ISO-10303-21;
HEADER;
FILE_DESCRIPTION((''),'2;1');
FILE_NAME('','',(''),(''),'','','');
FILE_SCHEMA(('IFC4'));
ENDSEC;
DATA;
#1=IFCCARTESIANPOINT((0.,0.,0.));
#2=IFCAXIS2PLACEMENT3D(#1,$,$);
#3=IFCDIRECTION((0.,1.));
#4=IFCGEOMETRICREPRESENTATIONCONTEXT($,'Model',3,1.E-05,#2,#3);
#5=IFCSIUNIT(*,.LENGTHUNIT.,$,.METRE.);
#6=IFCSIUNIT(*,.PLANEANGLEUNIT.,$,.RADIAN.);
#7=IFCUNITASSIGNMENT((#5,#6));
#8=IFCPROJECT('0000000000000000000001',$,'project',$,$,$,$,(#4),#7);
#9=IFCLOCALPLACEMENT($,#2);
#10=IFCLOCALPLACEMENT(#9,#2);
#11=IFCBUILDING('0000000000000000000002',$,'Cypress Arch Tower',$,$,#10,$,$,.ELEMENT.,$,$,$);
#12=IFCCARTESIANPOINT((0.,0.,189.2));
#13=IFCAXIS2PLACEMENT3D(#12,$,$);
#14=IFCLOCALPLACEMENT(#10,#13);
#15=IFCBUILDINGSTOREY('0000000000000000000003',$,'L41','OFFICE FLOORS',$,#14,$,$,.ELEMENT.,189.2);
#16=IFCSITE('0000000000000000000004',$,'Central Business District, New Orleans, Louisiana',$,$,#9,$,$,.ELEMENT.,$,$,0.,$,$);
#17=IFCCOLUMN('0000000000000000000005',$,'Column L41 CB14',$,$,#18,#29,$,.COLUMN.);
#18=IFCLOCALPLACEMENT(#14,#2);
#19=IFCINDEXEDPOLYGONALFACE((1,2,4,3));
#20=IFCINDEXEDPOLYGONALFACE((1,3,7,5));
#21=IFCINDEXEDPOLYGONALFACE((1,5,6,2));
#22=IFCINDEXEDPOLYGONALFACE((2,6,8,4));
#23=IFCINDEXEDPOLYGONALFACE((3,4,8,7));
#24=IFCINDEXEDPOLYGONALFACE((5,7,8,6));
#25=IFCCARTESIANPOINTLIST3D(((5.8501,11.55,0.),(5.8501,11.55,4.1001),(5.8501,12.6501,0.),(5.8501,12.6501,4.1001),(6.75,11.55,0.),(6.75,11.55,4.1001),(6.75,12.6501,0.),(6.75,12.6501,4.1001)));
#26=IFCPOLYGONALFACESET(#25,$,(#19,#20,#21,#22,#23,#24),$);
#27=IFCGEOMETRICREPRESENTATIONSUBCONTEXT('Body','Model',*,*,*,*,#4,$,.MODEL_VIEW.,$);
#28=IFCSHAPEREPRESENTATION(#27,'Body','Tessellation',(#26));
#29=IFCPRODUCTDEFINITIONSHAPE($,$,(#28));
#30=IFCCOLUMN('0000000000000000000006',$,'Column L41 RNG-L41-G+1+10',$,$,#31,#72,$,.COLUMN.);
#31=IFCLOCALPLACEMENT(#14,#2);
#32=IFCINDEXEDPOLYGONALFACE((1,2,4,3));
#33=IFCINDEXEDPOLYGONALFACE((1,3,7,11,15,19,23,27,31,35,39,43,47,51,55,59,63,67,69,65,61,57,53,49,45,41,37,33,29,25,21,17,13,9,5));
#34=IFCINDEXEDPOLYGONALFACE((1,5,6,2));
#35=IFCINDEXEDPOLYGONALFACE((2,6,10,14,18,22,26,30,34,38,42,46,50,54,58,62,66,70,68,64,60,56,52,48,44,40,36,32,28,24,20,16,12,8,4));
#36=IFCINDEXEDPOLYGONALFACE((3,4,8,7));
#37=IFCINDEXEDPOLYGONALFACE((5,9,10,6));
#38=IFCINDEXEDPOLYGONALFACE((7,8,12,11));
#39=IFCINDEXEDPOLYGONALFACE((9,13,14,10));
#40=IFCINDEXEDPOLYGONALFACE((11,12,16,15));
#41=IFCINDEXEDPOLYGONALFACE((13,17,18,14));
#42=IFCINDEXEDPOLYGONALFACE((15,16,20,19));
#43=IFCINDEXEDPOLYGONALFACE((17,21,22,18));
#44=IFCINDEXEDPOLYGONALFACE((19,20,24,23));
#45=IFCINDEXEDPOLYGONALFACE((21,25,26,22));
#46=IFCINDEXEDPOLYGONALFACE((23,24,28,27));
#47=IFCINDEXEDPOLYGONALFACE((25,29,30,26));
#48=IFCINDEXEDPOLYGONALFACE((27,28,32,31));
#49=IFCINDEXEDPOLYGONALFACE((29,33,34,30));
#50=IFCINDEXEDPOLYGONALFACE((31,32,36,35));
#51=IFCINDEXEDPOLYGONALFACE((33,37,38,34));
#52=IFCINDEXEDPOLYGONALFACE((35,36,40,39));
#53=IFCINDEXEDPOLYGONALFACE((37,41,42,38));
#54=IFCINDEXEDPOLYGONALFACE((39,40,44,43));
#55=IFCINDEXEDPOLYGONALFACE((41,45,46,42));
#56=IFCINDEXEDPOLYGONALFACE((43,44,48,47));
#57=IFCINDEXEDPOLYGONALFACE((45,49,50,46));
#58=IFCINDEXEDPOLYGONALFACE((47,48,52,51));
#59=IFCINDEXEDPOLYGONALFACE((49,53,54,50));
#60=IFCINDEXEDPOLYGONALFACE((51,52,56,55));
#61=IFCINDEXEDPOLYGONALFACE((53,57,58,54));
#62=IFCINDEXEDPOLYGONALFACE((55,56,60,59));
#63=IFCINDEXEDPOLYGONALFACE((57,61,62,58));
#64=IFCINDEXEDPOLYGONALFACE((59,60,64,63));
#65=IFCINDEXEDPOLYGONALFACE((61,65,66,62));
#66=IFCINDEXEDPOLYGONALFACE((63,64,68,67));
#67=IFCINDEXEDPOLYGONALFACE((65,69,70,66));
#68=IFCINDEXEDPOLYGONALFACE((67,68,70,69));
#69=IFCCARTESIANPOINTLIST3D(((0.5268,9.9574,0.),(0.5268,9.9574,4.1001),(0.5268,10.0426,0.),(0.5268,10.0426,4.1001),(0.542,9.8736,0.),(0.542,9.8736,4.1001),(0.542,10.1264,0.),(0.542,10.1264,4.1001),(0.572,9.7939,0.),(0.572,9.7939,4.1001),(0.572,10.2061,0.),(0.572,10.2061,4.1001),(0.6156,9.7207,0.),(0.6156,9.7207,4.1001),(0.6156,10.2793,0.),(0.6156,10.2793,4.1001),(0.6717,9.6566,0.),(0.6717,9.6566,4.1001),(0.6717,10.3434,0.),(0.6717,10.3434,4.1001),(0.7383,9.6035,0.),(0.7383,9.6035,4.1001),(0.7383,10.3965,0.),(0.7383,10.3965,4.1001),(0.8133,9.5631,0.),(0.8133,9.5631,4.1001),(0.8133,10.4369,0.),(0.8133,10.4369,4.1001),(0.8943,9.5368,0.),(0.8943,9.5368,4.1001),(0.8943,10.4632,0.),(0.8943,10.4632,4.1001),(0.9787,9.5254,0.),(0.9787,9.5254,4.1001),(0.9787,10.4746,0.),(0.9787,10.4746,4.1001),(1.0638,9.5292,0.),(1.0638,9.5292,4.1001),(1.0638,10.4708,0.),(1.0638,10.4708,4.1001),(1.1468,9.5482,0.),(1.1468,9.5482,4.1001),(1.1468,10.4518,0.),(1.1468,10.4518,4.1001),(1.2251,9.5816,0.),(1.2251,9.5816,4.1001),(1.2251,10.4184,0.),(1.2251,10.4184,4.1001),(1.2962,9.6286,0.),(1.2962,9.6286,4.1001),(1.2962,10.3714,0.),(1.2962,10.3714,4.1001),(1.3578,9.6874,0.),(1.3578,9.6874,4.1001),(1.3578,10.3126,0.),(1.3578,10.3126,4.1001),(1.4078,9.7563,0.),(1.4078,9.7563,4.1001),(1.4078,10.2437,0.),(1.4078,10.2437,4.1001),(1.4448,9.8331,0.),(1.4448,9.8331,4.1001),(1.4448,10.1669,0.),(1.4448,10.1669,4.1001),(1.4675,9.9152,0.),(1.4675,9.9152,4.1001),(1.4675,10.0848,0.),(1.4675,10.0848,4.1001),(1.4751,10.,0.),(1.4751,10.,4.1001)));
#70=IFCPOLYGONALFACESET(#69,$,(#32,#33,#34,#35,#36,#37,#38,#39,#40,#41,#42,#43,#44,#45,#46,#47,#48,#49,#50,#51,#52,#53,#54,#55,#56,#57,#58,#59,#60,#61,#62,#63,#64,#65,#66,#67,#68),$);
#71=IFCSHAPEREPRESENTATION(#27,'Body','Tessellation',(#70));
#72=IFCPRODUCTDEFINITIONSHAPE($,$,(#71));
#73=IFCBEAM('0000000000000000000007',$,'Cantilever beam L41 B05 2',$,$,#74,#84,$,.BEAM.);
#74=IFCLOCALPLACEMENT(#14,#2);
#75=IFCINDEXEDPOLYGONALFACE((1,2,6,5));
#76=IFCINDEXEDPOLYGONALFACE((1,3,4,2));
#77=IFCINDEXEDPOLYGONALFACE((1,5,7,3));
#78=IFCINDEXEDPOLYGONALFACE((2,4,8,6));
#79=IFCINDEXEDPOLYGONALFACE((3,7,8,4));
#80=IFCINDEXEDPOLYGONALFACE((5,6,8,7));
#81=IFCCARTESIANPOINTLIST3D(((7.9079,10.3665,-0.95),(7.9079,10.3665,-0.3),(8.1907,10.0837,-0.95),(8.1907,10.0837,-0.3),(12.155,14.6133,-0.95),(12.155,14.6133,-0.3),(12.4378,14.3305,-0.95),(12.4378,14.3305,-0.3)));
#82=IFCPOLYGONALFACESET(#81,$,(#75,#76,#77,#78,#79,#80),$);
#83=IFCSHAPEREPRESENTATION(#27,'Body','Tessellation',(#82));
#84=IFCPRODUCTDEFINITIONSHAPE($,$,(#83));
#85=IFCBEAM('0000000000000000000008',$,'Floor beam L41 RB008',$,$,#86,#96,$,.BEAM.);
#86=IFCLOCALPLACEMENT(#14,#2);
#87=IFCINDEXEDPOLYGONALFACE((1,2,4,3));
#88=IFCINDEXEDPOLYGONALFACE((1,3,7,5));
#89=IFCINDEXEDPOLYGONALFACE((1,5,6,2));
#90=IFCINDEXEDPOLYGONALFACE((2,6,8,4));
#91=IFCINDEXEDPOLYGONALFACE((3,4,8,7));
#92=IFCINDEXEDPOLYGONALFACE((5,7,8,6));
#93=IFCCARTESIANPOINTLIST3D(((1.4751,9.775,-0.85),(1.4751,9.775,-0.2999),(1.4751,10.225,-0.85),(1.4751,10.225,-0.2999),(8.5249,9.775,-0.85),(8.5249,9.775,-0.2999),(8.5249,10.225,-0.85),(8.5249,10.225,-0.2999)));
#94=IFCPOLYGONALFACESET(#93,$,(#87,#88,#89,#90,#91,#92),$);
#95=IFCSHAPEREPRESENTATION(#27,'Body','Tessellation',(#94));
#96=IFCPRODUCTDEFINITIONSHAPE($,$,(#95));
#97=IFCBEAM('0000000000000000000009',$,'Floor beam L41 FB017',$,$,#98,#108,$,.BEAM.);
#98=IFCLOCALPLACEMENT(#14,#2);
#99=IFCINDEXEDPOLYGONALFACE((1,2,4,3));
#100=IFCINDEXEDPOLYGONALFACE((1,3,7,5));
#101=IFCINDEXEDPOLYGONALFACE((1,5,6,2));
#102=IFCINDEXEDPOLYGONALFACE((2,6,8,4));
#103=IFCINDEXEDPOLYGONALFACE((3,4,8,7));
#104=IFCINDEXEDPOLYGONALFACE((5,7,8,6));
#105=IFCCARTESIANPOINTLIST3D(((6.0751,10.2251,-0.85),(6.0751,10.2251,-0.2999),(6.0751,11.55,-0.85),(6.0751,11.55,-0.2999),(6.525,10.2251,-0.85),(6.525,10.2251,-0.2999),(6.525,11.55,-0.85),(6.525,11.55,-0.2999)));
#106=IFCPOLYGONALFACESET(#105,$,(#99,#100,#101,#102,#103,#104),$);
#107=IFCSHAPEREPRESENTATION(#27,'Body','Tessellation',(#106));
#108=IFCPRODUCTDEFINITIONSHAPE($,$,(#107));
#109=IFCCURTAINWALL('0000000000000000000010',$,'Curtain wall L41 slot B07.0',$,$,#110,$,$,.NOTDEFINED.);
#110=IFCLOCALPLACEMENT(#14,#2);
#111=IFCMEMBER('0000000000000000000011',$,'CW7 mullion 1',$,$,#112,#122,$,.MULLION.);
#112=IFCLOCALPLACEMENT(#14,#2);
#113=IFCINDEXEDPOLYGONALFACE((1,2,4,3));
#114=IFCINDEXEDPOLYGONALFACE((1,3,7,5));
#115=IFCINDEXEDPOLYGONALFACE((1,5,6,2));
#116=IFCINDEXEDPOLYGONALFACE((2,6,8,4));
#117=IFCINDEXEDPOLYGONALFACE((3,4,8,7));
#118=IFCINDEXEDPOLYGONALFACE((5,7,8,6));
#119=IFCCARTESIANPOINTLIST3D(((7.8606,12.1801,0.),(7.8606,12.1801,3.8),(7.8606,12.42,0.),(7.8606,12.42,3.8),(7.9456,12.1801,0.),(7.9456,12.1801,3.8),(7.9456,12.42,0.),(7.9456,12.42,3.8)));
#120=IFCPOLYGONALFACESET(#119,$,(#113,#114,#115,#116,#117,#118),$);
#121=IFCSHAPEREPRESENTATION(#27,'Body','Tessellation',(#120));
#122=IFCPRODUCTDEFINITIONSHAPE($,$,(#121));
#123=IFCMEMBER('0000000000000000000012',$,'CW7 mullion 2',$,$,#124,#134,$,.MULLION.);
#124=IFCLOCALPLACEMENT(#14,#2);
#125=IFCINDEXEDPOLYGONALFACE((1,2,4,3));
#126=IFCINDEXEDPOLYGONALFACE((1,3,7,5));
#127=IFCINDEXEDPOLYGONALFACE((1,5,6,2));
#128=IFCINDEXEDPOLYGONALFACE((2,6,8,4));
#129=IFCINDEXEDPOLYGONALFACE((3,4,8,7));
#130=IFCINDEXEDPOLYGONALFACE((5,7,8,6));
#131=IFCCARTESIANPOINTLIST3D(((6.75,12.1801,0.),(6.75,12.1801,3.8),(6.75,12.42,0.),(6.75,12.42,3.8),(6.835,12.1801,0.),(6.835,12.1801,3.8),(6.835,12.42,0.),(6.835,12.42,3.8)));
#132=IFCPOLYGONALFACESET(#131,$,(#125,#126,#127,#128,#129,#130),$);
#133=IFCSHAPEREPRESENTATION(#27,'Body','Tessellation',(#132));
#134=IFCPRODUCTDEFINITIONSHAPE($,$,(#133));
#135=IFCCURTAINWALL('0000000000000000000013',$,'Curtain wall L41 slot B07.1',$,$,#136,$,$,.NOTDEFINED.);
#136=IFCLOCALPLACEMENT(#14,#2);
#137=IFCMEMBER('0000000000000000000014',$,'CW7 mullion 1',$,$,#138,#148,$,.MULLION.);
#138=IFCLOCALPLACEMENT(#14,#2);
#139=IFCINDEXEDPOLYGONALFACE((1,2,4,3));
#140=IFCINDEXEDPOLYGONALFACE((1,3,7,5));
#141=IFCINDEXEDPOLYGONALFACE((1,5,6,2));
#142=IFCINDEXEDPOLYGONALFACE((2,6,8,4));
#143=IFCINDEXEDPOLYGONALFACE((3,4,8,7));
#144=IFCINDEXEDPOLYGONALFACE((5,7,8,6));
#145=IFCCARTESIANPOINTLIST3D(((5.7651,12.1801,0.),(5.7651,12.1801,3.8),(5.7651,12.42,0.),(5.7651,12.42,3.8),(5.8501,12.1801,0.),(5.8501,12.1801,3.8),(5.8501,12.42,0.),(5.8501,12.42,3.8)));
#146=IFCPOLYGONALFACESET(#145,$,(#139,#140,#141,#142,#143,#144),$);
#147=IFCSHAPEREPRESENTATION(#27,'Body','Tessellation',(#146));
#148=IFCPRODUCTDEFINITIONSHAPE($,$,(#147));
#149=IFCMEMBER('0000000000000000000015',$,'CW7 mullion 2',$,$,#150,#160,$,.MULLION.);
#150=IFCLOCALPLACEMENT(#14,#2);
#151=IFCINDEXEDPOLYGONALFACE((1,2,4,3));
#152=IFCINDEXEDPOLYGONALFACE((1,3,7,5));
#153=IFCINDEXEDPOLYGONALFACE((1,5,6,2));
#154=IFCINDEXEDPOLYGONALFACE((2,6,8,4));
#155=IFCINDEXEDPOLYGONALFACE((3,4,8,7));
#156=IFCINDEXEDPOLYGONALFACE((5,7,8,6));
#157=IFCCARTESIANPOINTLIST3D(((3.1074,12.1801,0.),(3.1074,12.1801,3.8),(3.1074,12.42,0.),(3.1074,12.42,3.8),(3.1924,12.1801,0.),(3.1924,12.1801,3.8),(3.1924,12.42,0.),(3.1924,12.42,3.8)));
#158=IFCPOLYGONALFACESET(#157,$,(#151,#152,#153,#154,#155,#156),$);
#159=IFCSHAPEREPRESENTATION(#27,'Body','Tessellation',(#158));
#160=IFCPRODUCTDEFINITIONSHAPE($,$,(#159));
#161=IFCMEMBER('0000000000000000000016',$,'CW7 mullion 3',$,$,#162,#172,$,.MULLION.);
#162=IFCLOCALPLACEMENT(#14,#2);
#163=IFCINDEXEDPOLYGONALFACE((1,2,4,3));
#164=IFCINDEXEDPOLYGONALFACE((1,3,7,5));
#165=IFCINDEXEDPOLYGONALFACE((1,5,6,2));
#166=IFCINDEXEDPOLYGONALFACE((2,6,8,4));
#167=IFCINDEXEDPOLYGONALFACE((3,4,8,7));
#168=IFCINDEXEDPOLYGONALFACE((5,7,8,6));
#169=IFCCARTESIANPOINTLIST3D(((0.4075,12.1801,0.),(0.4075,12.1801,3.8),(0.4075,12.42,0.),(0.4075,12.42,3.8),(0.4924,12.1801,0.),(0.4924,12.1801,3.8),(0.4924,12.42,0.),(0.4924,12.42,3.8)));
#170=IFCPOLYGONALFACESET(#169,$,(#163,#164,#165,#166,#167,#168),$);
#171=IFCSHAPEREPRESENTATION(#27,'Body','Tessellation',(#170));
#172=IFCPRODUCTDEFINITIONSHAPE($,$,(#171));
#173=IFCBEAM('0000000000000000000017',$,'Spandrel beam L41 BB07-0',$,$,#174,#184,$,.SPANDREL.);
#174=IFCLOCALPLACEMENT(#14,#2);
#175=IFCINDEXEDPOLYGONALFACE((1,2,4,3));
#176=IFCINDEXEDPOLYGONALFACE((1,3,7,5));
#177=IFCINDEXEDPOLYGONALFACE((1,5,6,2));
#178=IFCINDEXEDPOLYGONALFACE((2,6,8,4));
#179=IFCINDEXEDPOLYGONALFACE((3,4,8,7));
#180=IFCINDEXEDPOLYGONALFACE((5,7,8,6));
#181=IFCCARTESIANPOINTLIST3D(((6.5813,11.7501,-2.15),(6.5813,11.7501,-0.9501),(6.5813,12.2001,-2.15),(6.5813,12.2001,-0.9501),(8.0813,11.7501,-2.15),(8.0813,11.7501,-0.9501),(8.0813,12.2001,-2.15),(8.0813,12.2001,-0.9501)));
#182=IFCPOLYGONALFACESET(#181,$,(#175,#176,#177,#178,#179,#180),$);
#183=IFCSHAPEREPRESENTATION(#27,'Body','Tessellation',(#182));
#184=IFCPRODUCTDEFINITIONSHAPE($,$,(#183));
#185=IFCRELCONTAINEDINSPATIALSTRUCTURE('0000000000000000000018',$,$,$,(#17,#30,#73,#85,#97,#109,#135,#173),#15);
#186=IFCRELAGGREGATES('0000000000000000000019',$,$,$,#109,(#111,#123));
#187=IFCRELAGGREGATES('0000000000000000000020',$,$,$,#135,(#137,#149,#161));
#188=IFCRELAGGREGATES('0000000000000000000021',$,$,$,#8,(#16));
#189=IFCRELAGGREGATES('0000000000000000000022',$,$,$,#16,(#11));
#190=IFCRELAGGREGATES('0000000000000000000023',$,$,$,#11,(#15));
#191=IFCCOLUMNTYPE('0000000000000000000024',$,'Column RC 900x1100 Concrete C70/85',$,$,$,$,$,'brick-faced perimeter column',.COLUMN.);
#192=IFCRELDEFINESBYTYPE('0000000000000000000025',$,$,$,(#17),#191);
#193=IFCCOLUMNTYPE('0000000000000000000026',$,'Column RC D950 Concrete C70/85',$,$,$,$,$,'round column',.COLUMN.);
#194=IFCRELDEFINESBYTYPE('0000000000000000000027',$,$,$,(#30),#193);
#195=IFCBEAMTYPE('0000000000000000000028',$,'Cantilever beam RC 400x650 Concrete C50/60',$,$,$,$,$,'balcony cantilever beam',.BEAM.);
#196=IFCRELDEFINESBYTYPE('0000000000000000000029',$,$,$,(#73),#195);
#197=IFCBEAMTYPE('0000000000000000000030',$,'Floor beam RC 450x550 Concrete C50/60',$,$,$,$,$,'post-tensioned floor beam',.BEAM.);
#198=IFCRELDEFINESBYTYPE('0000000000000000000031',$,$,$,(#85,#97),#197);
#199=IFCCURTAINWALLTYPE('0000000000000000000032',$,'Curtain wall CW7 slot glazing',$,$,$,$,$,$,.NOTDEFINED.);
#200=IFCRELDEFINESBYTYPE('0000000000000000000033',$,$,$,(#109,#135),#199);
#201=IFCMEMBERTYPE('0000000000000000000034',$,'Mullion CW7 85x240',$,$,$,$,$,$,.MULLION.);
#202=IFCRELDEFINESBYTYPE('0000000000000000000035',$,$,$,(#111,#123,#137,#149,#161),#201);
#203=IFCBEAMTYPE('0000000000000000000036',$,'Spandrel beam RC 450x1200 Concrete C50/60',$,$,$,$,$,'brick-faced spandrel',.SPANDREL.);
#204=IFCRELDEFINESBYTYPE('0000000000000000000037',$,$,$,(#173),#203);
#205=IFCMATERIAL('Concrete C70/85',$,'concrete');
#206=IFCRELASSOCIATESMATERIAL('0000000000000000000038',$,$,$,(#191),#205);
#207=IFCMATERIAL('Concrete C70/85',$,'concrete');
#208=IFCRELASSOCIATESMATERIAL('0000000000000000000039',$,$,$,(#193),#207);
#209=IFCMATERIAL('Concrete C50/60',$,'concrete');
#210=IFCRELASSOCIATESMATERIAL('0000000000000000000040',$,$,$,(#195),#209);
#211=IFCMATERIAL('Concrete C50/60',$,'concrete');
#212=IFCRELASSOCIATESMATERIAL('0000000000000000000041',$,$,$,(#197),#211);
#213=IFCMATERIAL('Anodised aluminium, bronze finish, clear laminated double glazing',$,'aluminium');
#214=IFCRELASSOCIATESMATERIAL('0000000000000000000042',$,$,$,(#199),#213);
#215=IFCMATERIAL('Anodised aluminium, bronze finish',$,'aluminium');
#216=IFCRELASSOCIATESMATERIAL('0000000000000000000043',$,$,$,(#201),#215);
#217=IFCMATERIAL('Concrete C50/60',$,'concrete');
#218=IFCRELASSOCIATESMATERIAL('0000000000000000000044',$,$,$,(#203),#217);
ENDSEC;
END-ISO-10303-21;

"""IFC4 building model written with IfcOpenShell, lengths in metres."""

from ifc_helpers import new_model, si_unit, direction, frame, origin, origin_2d, place, context, subcontext, project, spatial, rectangle, circle, extrude, material, material_profile, profile_set, type_object, element, aggregate, save


model = new_model("IFC4")

# Units and contexts
model_context = context("Model", 3, precision=1e-05, world=origin(), true_north=direction((0.0, 1.0)))
body_context = subcontext(model_context, "Body", "Model", "MODEL_VIEW")
ifc_project = project(units=[si_unit("LENGTHUNIT", "METRE"), si_unit("PLANEANGLEUNIT", "RADIAN")], contexts=[model_context])

# Site, building, storey
site_placement = place(None, origin())
site = spatial("IfcSite", under=ifc_project, at=site_placement, Name="Central Business District, New Orleans, Louisiana", CompositionType="ELEMENT", RefElevation=0.0)
building_placement = place(site_placement, origin())
building = spatial("IfcBuilding", under=site, at=building_placement, Name="Cypress Arch Tower", CompositionType="ELEMENT")
storey_placement = place(building_placement, frame((0.0, 0.0, 189.2)))
storey = spatial("IfcBuildingStorey", under=building, at=storey_placement, Name="L41", Description="OFFICE FLOORS", CompositionType="ELEMENT", Elevation=189.2)

# Columns
ifc_material_1 = material(Name="Concrete C70/85", Category="concrete")
ifc_material_profile_1 = material_profile(ifc_material_1, rectangle(XDim=0.8999, YDim=1.1001, at=origin_2d()), Name="RC 900x1100")
ifc_profile_set_1 = profile_set([ifc_material_profile_1], Name="Concrete C70/85")
column_type_1 = type_object("IfcColumnType", Name="Column RC 900x1100 Concrete C70/85", ElementType="brick-faced perimeter column", PredefinedType="COLUMN", material=ifc_profile_set_1)
column_1_placement = place(storey_placement, frame((6.3, 12.1001, 0.0), z_axis=(0.0, 0.0, 1.0), x_axis=(-1.0, 0.0, 0.0)))
element("IfcColumn", 1, at=column_1_placement, inside=storey, type_object=column_type_1, Name="Column L41 CB14", PredefinedType="COLUMN", context=body_context, shape_type="SweptSolid", body=[
    extrude(rectangle(XDim=0.8999, YDim=1.1001, at=origin_2d()), origin(), (0.0, 0.0, 1.0), 4.1001),
])
ifc_material_2 = material(Name="Concrete C70/85", Category="concrete")
ifc_material_profile_2 = material_profile(ifc_material_2, circle(Radius=0.4751, at=origin_2d()), Name="RC D950")
ifc_profile_set_2 = profile_set([ifc_material_profile_2], Name="Concrete C70/85")
column_type_2 = type_object("IfcColumnType", Name="Column RC D950 Concrete C70/85", ElementType="round column", PredefinedType="COLUMN", material=ifc_profile_set_2)
column_2_placement = place(storey_placement, frame((1.0, 10.0, 0.0), z_axis=(0.0, 0.0, 1.0), x_axis=(1.0, 0.0, 0.0)))
element("IfcColumn", 2, at=column_2_placement, inside=storey, type_object=column_type_2, Name="Column L41 RNG-L41-G+1+10", PredefinedType="COLUMN", context=body_context, shape_type="SweptSolid", body=[
    extrude(circle(Radius=0.4751, at=origin_2d()), origin(), (0.0, 0.0, 1.0), 4.1001),
])

# Beams
ifc_material_3 = material(Name="Concrete C50/60", Category="concrete")
ifc_material_profile_3 = material_profile(ifc_material_3, rectangle(XDim=0.3999, YDim=0.6499, at=origin_2d()), Name="RC 400x650")
ifc_profile_set_3 = profile_set([ifc_material_profile_3], Name="Concrete C50/60")
beam_type_1 = type_object("IfcBeamType", Name="Cantilever beam RC 400x650 Concrete C50/60", ElementType="balcony cantilever beam", PredefinedType="BEAM", material=ifc_profile_set_3)
beam_1_placement = place(storey_placement, frame((8.0493, 10.2251, -0.625), z_axis=(0.707127, 0.707086, 0.0), x_axis=(-0.707086, 0.707127, 0.0)))
element("IfcBeam", 3, at=beam_1_placement, inside=storey, type_object=beam_type_1, Name="Cantilever beam L41 B05 2", PredefinedType="BEAM", context=body_context, shape_type="SweptSolid", body=[
    extrude(rectangle(XDim=0.3999, YDim=0.6499, at=origin_2d()), origin(), (0.0, 0.0, 1.0), 6.0061),
])
ifc_material_4 = material(Name="Concrete C50/60", Category="concrete")
ifc_material_profile_4 = material_profile(ifc_material_4, rectangle(XDim=0.45, YDim=0.55, at=origin_2d()), Name="RC 450x550")
ifc_profile_set_4 = profile_set([ifc_material_profile_4], Name="Concrete C50/60")
beam_type_2 = type_object("IfcBeamType", Name="Floor beam RC 450x550 Concrete C50/60", ElementType="post-tensioned floor beam", PredefinedType="BEAM", material=ifc_profile_set_4)
beam_2_placement = place(storey_placement, frame((1.4751, 10.0, -0.575), z_axis=(1.0, 0.0, 0.0), x_axis=(0.0, 1.0, 0.0)))
element("IfcBeam", 4, at=beam_2_placement, inside=storey, type_object=beam_type_2, Name="Floor beam L41 RB008", PredefinedType="BEAM", context=body_context, shape_type="SweptSolid", body=[
    extrude(rectangle(XDim=0.45, YDim=0.55, at=origin_2d()), origin(), (0.0, 0.0, 1.0), 7.0498),
])
beam_3_placement = place(storey_placement, frame((6.3, 10.2251, -0.575), z_axis=(0.0, 1.0, 0.0), x_axis=(-1.0, 0.0, 0.0)))
element("IfcBeam", 5, at=beam_3_placement, inside=storey, type_object=beam_type_2, Name="Floor beam L41 FB017", PredefinedType="BEAM", context=body_context, shape_type="SweptSolid", body=[
    extrude(rectangle(XDim=0.45, YDim=0.55, at=origin_2d()), origin(), (0.0, 0.0, 1.0), 1.325),
])

# Curtain walls, members
ifc_material_5 = material(Name="Anodised aluminium, bronze finish, clear laminated double glazing", Category="aluminium")
curtain_wall_type = type_object("IfcCurtainWallType", Name="Curtain wall CW7 slot glazing", PredefinedType="NOTDEFINED", material=ifc_material_5)
curtain_wall_1_placement = place(storey_placement, origin())
curtain_wall_1 = element("IfcCurtainWall", 6, at=curtain_wall_1_placement, inside=storey, type_object=curtain_wall_type, Name="Curtain wall L41 slot B07.0", PredefinedType="NOTDEFINED")
ifc_material_6 = material(Name="Anodised aluminium, bronze finish", Category="aluminium")
ifc_material_profile_5 = material_profile(ifc_material_6, rectangle(XDim=0.24, YDim=0.085, at=origin_2d()), Name="Mullion 85x240")
ifc_profile_set_5 = profile_set([ifc_material_profile_5], Name="Anodised aluminium, bronze finish")
member_type_1 = type_object("IfcMemberType", Name="Mullion CW7 85x240", PredefinedType="MULLION", material=ifc_profile_set_5)
member_1_placement = place(storey_placement, frame((7.9031, 12.3, 0.0), z_axis=(0.0, 0.0, 1.0), x_axis=(0.0, -1.0, 0.0)))
member_1 = element("IfcMember", 7, at=member_1_placement, type_object=member_type_1, Name="CW7 mullion 1", PredefinedType="MULLION", context=body_context, shape_type="SweptSolid", body=[
    extrude(rectangle(XDim=0.24, YDim=0.085, at=origin_2d()), origin(), (0.0, 0.0, 1.0), 3.8),
])
member_2_placement = place(storey_placement, frame((6.7925, 12.3, 0.0), z_axis=(0.0, 0.0, 1.0), x_axis=(0.0, -1.0, 0.0)))
member_2 = element("IfcMember", 8, at=member_2_placement, type_object=member_type_1, Name="CW7 mullion 2", PredefinedType="MULLION", context=body_context, shape_type="SweptSolid", body=[
    extrude(rectangle(XDim=0.24, YDim=0.085, at=origin_2d()), origin(), (0.0, 0.0, 1.0), 3.8),
])
curtain_wall_2_placement = place(storey_placement, origin())
curtain_wall_2 = element("IfcCurtainWall", 9, at=curtain_wall_2_placement, inside=storey, type_object=curtain_wall_type, Name="Curtain wall L41 slot B07.1", PredefinedType="NOTDEFINED")
member_3_placement = place(storey_placement, frame((5.8076, 12.3, 0.0), z_axis=(0.0, 0.0, 1.0), x_axis=(0.0, -1.0, 0.0)))
member_3 = element("IfcMember", 10, at=member_3_placement, type_object=member_type_1, Name="CW7 mullion 1", PredefinedType="MULLION", context=body_context, shape_type="SweptSolid", body=[
    extrude(rectangle(XDim=0.24, YDim=0.085, at=origin_2d()), origin(), (0.0, 0.0, 1.0), 3.8),
])
member_4_placement = place(storey_placement, frame((3.1499, 12.3, 0.0), z_axis=(0.0, 0.0, 1.0), x_axis=(0.0, -1.0, 0.0)))
member_4 = element("IfcMember", 11, at=member_4_placement, type_object=member_type_1, Name="CW7 mullion 2", PredefinedType="MULLION", context=body_context, shape_type="SweptSolid", body=[
    extrude(rectangle(XDim=0.24, YDim=0.085, at=origin_2d()), origin(), (0.0, 0.0, 1.0), 3.8),
])
member_5_placement = place(storey_placement, frame((0.45, 12.3, 0.0), z_axis=(0.0, 0.0, 1.0), x_axis=(0.0, -1.0, 0.0)))
member_5 = element("IfcMember", 12, at=member_5_placement, type_object=member_type_1, Name="CW7 mullion 3", PredefinedType="MULLION", context=body_context, shape_type="SweptSolid", body=[
    extrude(rectangle(XDim=0.24, YDim=0.085, at=origin_2d()), origin(), (0.0, 0.0, 1.0), 3.8),
])

# Beam
ifc_material_7 = material(Name="Concrete C50/60", Category="concrete")
ifc_material_profile_6 = material_profile(ifc_material_7, rectangle(XDim=0.45, YDim=1.2, at=origin_2d()), Name="RC 450x1200")
ifc_profile_set_6 = profile_set([ifc_material_profile_6], Name="Concrete C50/60")
beam_type_3 = type_object("IfcBeamType", Name="Spandrel beam RC 450x1200 Concrete C50/60", ElementType="brick-faced spandrel", PredefinedType="SPANDREL", material=ifc_profile_set_6)
beam_4_placement = place(storey_placement, frame((8.0813, 11.9751, -1.55), z_axis=(-1.0, 0.0, 0.0), x_axis=(0.0, -1.0, 0.0)))
element("IfcBeam", 13, at=beam_4_placement, inside=storey, type_object=beam_type_3, Name="Spandrel beam L41 BB07-0", PredefinedType="SPANDREL", context=body_context, shape_type="SweptSolid", body=[
    extrude(rectangle(XDim=0.45, YDim=1.2, at=origin_2d()), origin(), (0.0, 0.0, 1.0), 1.5),
])

aggregate(curtain_wall_1, [member_1, member_2])
aggregate(curtain_wall_2, [member_3, member_4, member_5])

save(model, "model.ifc")
